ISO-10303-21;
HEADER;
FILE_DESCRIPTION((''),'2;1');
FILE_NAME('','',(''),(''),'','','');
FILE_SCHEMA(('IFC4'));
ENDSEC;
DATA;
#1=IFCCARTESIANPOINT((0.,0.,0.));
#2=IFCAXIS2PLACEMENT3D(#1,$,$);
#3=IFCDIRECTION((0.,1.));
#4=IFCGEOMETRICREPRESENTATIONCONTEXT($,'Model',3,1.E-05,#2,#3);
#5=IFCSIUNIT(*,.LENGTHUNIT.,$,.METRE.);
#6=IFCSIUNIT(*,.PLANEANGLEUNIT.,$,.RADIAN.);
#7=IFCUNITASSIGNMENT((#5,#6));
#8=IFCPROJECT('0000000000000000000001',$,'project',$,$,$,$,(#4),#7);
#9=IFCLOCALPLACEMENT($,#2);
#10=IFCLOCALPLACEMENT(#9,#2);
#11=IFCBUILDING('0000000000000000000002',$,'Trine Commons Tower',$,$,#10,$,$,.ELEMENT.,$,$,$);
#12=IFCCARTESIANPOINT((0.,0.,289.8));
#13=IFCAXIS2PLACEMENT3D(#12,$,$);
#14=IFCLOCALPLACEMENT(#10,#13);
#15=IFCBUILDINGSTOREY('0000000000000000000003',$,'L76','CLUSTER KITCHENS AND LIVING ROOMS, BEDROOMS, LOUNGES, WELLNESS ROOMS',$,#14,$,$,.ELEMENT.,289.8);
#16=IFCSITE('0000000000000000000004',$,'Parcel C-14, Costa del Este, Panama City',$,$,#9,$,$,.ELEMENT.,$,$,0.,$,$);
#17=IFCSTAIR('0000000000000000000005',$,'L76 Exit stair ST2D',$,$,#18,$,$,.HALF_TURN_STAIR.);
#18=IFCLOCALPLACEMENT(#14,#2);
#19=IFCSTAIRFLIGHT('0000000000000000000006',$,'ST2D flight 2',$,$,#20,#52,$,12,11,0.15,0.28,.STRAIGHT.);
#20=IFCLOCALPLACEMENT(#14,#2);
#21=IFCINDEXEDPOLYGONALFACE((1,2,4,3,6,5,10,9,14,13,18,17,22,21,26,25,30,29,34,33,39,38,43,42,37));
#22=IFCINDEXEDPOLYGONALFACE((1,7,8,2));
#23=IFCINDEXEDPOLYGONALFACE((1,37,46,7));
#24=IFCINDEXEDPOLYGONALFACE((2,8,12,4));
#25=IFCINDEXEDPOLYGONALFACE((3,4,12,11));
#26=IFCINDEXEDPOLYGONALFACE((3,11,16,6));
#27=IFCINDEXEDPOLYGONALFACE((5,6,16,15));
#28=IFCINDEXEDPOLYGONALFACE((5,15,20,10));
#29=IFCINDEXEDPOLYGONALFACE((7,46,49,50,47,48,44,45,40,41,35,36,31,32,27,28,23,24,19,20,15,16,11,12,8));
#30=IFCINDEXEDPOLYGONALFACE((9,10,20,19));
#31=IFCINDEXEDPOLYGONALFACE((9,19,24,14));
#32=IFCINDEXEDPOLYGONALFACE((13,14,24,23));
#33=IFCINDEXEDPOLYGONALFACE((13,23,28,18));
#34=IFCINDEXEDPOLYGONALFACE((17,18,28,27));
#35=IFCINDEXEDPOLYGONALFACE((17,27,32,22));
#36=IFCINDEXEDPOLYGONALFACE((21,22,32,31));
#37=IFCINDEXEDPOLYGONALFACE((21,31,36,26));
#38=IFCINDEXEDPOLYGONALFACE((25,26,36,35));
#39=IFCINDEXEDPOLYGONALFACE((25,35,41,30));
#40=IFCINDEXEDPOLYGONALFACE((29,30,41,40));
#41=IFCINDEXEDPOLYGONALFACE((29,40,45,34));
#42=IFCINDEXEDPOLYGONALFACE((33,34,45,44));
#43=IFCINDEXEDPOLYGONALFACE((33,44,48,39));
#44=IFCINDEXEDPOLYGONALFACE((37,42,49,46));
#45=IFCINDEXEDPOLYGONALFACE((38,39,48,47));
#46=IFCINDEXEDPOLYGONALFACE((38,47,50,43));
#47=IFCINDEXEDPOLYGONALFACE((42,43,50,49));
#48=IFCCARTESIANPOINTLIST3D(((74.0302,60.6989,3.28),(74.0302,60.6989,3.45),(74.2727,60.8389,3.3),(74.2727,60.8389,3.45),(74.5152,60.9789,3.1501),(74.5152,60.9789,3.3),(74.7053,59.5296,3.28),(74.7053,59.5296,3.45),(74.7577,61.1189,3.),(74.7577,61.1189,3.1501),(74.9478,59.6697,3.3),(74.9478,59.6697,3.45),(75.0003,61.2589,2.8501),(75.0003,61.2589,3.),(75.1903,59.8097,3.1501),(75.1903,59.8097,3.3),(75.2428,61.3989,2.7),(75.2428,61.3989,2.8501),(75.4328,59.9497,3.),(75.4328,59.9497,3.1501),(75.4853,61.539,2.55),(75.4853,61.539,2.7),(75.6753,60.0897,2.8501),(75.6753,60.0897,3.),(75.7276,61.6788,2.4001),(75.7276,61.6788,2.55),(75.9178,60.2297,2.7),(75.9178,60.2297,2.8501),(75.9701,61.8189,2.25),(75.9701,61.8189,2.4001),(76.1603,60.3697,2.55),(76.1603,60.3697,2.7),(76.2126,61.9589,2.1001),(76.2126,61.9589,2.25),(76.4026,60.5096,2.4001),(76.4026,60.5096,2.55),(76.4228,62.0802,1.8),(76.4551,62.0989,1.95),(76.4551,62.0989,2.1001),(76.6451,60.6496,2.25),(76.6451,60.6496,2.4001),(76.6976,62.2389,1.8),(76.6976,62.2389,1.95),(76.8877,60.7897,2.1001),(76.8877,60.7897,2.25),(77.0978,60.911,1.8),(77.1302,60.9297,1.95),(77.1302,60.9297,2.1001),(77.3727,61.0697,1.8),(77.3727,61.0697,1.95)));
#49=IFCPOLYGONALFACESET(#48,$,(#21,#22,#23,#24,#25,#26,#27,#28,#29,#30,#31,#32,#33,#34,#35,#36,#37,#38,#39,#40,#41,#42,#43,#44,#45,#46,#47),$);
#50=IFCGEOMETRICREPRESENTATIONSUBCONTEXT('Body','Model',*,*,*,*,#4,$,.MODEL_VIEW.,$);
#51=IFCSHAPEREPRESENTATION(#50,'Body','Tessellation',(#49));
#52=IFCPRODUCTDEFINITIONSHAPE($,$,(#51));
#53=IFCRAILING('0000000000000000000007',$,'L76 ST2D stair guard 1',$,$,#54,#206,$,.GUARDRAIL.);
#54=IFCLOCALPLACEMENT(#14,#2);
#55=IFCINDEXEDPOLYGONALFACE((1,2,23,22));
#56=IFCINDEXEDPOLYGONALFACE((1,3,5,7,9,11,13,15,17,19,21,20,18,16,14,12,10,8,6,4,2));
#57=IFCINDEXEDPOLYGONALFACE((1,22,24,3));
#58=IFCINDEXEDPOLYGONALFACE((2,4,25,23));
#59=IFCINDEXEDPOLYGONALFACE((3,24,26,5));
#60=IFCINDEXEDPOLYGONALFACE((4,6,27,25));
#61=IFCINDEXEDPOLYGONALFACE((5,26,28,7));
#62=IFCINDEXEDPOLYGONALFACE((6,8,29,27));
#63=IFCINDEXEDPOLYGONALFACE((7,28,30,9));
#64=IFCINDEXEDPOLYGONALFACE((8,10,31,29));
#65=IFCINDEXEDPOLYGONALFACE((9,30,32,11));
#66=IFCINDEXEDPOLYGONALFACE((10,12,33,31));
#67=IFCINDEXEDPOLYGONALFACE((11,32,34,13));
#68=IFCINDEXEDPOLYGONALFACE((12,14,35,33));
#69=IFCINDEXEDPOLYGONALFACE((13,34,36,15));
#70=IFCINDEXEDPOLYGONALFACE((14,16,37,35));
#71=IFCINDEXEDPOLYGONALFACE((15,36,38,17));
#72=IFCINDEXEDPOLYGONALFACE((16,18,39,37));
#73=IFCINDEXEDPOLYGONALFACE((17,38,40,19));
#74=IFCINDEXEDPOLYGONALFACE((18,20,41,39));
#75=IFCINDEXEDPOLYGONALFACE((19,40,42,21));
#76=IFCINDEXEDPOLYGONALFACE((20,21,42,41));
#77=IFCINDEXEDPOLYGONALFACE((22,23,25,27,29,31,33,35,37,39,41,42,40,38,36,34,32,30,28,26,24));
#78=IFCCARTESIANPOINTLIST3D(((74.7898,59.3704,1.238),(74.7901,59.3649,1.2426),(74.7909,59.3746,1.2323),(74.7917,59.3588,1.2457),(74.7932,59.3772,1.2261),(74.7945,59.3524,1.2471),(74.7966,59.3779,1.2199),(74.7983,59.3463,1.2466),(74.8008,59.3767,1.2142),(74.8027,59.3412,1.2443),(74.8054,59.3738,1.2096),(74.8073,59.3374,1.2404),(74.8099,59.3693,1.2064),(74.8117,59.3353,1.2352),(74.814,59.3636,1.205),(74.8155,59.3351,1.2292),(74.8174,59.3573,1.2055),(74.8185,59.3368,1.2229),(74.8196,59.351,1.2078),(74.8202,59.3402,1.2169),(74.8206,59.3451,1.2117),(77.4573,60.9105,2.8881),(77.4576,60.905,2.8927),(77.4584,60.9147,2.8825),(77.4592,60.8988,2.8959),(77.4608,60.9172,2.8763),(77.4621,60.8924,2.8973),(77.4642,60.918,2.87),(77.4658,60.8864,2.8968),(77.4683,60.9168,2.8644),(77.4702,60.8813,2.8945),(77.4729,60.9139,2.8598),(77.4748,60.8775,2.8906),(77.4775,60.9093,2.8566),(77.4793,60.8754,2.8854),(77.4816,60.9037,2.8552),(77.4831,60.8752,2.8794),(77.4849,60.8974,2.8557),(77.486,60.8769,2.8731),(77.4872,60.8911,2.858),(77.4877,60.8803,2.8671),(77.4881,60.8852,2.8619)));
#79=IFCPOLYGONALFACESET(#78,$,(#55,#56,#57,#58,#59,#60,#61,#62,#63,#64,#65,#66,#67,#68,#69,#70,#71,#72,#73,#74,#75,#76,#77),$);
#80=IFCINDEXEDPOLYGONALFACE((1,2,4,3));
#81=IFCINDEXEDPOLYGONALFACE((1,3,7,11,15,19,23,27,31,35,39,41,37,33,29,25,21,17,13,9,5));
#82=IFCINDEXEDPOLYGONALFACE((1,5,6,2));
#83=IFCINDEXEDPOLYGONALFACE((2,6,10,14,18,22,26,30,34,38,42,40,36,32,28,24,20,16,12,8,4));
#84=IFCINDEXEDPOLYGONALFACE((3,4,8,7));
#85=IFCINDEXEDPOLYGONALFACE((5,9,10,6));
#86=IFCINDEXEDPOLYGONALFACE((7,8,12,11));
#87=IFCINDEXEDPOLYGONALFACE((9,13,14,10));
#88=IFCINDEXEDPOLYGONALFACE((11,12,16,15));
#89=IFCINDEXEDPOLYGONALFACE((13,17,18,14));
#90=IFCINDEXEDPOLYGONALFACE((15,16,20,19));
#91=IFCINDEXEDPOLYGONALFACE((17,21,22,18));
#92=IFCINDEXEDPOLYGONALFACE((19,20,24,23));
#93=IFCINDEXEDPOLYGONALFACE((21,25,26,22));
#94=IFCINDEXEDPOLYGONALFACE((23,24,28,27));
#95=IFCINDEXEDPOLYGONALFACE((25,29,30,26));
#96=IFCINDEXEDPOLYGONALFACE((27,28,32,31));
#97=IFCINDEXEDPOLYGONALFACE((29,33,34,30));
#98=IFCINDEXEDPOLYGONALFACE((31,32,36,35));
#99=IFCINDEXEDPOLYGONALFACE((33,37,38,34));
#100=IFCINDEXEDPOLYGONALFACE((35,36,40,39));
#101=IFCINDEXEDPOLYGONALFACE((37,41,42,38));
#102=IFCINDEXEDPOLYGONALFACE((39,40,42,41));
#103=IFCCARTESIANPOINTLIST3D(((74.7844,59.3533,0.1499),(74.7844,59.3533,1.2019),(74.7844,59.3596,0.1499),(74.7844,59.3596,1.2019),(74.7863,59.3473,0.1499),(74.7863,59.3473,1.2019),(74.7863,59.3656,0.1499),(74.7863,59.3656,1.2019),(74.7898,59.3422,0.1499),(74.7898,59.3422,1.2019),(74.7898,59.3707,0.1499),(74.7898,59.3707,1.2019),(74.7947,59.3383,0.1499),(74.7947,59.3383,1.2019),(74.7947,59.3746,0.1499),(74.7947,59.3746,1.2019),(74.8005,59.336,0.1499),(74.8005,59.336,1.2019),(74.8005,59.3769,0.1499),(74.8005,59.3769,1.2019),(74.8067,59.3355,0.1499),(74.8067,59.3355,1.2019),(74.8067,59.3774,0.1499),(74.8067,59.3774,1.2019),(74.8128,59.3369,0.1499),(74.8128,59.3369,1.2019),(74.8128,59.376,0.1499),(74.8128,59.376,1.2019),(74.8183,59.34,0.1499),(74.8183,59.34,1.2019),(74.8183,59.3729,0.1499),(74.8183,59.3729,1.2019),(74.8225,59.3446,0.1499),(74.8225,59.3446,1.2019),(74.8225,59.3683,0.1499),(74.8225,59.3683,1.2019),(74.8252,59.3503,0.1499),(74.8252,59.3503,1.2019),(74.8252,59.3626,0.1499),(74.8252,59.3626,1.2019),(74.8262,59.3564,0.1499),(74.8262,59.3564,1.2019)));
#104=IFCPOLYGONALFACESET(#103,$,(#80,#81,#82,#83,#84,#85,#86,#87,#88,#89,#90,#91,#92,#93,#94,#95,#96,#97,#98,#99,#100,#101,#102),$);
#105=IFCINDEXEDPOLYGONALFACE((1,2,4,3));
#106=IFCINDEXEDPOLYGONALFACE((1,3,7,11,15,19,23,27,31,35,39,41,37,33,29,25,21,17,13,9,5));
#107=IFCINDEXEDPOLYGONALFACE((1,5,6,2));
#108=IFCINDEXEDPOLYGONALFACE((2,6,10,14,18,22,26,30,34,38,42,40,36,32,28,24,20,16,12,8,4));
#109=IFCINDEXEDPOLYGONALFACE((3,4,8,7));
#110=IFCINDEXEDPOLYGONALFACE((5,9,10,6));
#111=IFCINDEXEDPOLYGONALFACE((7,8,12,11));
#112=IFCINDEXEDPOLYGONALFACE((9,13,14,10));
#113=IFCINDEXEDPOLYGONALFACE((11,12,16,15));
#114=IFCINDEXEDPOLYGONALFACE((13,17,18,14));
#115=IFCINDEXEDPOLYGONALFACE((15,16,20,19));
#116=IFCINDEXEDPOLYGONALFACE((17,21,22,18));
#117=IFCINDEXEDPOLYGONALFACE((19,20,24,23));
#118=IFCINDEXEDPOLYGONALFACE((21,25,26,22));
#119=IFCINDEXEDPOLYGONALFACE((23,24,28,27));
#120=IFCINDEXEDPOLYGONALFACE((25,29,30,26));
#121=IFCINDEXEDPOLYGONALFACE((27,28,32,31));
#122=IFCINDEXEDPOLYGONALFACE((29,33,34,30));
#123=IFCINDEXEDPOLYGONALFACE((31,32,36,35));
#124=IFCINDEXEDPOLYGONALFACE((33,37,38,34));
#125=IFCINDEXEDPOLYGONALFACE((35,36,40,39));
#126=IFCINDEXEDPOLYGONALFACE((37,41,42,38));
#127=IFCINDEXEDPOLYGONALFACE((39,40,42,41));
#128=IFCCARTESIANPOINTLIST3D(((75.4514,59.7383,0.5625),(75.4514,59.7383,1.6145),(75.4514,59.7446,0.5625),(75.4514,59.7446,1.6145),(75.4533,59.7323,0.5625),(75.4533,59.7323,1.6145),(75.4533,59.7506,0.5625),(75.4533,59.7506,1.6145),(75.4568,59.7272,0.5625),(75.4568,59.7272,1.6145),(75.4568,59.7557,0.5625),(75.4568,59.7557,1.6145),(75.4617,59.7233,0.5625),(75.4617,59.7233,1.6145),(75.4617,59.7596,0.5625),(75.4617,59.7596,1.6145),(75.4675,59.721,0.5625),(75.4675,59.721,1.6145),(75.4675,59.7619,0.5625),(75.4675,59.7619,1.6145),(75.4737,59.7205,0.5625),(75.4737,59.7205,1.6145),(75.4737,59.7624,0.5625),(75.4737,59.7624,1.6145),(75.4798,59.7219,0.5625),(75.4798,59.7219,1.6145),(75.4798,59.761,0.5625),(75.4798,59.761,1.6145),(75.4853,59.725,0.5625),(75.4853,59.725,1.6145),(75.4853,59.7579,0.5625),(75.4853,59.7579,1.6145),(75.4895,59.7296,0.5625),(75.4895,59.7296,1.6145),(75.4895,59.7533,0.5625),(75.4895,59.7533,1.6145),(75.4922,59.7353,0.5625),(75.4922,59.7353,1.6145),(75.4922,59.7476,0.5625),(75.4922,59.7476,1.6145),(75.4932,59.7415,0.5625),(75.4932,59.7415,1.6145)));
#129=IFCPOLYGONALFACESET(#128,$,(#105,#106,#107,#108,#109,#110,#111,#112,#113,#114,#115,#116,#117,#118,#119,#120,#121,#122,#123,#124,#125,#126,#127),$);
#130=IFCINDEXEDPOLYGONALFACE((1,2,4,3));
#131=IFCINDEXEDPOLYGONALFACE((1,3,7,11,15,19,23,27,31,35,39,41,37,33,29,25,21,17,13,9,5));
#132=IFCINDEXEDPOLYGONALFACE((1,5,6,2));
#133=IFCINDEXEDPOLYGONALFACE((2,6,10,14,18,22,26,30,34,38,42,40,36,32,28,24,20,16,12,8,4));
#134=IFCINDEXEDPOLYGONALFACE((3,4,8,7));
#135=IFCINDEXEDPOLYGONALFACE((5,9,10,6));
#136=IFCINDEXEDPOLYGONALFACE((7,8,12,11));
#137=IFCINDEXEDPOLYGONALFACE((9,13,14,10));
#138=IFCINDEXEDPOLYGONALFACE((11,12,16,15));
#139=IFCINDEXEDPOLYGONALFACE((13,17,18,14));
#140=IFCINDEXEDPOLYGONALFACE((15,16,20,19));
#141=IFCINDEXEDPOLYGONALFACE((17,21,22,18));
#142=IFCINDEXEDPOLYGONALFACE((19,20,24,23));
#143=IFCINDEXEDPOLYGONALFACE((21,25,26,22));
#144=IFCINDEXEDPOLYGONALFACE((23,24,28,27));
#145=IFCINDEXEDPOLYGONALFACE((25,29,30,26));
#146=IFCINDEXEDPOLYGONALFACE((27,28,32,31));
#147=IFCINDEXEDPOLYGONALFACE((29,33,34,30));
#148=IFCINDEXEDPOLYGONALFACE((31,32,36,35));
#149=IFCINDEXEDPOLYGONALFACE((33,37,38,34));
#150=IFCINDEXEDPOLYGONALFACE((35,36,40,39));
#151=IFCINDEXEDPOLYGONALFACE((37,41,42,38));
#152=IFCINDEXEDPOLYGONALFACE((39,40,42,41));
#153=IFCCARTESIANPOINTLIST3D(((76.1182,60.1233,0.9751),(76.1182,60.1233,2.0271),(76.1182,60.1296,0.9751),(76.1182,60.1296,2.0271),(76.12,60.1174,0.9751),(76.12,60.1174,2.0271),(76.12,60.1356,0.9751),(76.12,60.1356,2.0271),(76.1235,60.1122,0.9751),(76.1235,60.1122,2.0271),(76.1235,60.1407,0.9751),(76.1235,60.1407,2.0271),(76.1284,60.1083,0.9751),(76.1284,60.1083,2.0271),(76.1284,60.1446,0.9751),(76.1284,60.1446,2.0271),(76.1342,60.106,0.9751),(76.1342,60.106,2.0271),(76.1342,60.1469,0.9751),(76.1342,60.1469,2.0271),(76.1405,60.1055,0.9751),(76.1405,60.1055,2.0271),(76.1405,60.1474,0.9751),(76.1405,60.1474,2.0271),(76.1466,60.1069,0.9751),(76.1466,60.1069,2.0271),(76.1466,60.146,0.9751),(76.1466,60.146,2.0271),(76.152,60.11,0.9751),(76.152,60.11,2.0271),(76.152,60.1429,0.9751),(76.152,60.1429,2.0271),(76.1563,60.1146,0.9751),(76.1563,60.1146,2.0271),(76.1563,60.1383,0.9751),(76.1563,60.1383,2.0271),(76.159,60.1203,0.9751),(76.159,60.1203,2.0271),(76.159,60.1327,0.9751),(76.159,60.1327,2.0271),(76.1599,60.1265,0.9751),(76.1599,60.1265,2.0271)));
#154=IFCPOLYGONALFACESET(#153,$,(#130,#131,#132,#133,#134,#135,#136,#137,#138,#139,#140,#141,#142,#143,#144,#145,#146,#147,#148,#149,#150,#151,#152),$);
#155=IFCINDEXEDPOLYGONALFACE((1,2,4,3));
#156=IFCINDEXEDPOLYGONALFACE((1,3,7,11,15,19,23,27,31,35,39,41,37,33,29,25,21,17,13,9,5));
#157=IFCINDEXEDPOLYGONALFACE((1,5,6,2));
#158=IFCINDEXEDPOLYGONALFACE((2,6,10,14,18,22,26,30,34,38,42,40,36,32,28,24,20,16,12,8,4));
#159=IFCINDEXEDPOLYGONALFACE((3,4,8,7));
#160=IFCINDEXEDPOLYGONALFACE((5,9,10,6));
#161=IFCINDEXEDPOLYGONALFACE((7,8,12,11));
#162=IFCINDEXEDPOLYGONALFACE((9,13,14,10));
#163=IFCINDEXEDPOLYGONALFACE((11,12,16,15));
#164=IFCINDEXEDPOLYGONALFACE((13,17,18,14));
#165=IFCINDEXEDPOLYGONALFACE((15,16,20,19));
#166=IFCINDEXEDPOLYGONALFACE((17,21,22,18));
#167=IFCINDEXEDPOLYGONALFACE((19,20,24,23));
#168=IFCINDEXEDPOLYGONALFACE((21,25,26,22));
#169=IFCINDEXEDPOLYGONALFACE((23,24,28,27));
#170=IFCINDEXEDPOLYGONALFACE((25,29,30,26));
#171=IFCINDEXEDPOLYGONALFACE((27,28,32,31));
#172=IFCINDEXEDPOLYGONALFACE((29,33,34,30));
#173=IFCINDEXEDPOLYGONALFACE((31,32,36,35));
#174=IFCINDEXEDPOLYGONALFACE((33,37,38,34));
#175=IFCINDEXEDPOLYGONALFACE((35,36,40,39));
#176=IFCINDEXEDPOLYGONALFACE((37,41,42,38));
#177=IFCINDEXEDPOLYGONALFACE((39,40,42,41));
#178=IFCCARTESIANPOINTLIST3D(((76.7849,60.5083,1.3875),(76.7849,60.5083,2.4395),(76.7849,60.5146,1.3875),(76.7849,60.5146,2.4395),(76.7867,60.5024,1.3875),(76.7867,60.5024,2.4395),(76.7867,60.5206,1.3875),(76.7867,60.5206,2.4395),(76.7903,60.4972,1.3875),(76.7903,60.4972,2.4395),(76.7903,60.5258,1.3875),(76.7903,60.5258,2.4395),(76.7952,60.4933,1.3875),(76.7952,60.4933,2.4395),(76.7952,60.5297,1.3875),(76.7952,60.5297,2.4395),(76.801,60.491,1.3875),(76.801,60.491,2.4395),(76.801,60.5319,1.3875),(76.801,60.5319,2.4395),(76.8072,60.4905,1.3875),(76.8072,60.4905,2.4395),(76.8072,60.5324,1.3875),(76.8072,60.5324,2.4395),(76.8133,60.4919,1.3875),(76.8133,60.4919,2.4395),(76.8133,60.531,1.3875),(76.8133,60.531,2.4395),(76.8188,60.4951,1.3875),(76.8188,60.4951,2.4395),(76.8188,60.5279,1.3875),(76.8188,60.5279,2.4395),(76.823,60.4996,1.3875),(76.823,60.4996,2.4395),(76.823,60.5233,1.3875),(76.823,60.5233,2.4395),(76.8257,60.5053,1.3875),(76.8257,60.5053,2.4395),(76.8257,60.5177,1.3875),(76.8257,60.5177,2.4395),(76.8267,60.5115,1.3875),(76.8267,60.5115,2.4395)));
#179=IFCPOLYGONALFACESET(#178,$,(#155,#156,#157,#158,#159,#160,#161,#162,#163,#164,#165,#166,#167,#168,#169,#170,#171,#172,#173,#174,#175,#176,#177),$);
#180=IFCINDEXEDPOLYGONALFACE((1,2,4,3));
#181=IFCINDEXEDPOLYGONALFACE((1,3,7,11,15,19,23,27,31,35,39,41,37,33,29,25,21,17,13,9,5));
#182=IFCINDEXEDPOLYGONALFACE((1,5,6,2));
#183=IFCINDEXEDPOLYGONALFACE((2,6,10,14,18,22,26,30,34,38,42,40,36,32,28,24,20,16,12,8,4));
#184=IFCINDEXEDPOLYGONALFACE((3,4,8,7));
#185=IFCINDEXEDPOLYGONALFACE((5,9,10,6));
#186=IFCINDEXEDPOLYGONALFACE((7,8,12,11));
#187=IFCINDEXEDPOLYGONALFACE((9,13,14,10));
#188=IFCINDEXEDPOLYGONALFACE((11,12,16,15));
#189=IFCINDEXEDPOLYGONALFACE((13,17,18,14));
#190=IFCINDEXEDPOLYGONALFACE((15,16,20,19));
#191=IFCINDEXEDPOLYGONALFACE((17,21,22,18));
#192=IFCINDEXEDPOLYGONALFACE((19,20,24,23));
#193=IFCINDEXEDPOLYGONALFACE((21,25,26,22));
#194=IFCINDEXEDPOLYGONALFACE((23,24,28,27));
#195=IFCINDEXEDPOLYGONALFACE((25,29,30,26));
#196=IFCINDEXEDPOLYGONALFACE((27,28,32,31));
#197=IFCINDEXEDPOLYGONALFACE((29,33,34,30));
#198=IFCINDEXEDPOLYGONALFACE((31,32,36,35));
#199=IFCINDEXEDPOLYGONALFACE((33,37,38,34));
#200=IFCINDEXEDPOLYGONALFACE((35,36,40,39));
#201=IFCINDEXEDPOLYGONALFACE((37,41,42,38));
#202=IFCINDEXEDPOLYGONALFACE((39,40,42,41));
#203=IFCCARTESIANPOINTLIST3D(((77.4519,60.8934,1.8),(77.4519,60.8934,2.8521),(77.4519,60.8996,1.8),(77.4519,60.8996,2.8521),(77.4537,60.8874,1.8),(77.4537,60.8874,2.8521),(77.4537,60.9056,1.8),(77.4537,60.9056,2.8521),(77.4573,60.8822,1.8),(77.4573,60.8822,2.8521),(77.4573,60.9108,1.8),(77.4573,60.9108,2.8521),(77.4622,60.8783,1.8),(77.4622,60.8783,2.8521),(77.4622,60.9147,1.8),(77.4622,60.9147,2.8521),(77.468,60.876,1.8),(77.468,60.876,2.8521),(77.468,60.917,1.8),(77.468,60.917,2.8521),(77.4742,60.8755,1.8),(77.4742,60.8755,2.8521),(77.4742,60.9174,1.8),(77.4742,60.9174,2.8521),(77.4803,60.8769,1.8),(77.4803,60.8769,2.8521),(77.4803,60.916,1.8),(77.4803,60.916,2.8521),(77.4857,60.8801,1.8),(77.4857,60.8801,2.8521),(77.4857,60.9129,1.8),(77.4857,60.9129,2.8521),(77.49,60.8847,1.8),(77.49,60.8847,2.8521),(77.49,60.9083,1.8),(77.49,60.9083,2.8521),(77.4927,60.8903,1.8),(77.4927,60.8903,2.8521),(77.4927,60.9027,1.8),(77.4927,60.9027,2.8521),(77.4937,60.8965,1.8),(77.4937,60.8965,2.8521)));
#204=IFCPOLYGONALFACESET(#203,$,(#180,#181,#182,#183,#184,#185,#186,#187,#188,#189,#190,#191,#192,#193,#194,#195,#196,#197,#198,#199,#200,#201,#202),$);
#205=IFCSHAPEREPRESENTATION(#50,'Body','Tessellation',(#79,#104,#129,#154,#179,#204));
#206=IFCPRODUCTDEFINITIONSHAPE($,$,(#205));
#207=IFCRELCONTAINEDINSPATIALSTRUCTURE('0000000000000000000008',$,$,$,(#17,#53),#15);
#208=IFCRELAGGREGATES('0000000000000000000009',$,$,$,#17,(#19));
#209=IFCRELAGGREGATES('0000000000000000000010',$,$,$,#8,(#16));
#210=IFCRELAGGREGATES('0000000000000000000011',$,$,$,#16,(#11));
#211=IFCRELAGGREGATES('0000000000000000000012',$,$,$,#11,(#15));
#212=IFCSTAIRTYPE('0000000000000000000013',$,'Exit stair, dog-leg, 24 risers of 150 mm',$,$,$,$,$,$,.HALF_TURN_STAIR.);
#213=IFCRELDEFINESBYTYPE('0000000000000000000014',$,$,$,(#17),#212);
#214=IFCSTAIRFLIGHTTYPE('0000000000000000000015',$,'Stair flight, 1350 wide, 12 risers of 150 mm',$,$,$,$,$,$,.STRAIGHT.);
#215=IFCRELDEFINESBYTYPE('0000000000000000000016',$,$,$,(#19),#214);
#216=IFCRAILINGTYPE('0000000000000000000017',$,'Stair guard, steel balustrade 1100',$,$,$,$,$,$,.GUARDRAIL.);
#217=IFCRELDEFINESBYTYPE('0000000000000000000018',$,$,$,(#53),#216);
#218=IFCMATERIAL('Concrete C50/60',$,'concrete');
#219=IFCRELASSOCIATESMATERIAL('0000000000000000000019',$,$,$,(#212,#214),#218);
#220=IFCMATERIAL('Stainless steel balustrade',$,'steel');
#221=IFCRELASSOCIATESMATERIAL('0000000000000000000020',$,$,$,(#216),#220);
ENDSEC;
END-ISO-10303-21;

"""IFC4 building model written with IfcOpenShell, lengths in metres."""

from ifc_helpers import new_model, si_unit, direction, frame, origin, origin_2d, place, context, subcontext, project, spatial, polyline, circle, outline, extrude, material, type_object, element, aggregate, save


model = new_model("IFC4")

# Units and contexts
model_context = context("Model", 3, precision=1e-05, world=origin(), true_north=direction((0.0, 1.0)))
body_context = subcontext(model_context, "Body", "Model", "MODEL_VIEW")
ifc_project = project(units=[si_unit("LENGTHUNIT", "METRE"), si_unit("PLANEANGLEUNIT", "RADIAN")], contexts=[model_context])

# Site, building, storey
site_placement = place(None, origin())
site = spatial("IfcSite", under=ifc_project, at=site_placement, Name="Parcel C-14, Costa del Este, Panama City", CompositionType="ELEMENT", RefElevation=0.0)
building_placement = place(site_placement, origin())
building = spatial("IfcBuilding", under=site, at=building_placement, Name="Trine Commons Tower", CompositionType="ELEMENT")
storey_placement = place(building_placement, frame((0.0, 0.0, 289.8)))
storey = spatial("IfcBuildingStorey", under=building, at=storey_placement, Name="L76", Description="CLUSTER KITCHENS AND LIVING ROOMS, BEDROOMS, LOUNGES, WELLNESS ROOMS", CompositionType="ELEMENT", Elevation=289.8)

# Shared definitions
ifc_material_1 = material(Name="Concrete C50/60", Category="concrete")

# Stair, stair flight
stair_type = type_object("IfcStairType", Name="Exit stair, dog-leg, 24 risers of 150 mm", PredefinedType="HALF_TURN_STAIR", material=ifc_material_1)
stair_placement = place(storey_placement, origin())
stair = element("IfcStair", 1, at=stair_placement, inside=storey, type_object=stair_type, Name="L76 Exit stair ST2D", PredefinedType="HALF_TURN_STAIR")
stair_flight_type = type_object("IfcStairFlightType", Name="Stair flight, 1350 wide, 12 risers of 150 mm", PredefinedType="STRAIGHT", material=ifc_material_1)
stair_flight_1_placement = place(storey_placement, frame((77.0352, 61.6543, 1.8), z_axis=(0.0, 0.0, 1.0), x_axis=(-0.866025, -0.5, 0.0)))
stair_flight_1 = element("IfcStairFlight", 2, at=stair_flight_1_placement, type_object=stair_flight_type, Name="ST2D flight 2", NumberOfRisers=12, NumberOfTreads=11, PredefinedType="STRAIGHT", RiserHeight=0.15, TreadLength=0.28, context=body_context, shape_type="SweptSolid", body=[
    extrude(outline(polyline([(0.0, 0.0), (0.0, 0.1499), (0.28, 0.1499), (0.28, 0.3), (0.5601, 0.3), (0.5601, 0.45), (0.8401, 0.45), (0.8401, 0.6001), (1.1201, 0.6001), (1.1201, 0.75), (1.3999, 0.75), (1.3999, 0.8999), (1.6799, 0.8999), (1.6799, 1.05), (1.96, 1.05), (1.96, 1.2), (2.24, 1.2), (2.24, 1.3501), (2.52, 1.3501), (2.52, 1.5), (2.8, 1.5), (2.8, 1.6499), (3.0801, 1.6499), (3.0801, 1.8), (3.0801, 1.48), (0.3174, 0.0), (0.0, 0.0)])), frame((0.0, 0.675, 0.0), z_axis=(0.0, -1.0, 0.0), x_axis=(1.0, 0.0, 0.0)), (0.0, 0.0, 1.0), 1.3501),
])
aggregate(stair, [stair_flight_1])

# Railing
ifc_material_2 = material(Name="Stainless steel balustrade", Category="steel")
railing_type_1 = type_object("IfcRailingType", Name="Stair guard, steel balustrade 1100", PredefinedType="GUARDRAIL", material=ifc_material_2)
railing_1_placement = place(storey_placement, frame((74.8052, 59.3564, 0.1499)))
element("IfcRailing", 3, at=railing_1_placement, inside=storey, type_object=railing_type_1, Name="L76 ST2D stair guard 1", PredefinedType="GUARDRAIL", context=body_context, shape_type="SweptSolid", body=[
    extrude(circle(Radius=0.0239, at=origin_2d()), frame((0.0, 0.0, 1.0762), z_axis=(0.76338, 0.440728, 0.472239), x_axis=(-0.499992, 0.86603, 0.0)), (0.0, 0.0, 1.0), 3.4944),
    extrude(circle(Radius=0.021, at=origin_2d()), origin(), (0.0, 0.0, 1.0), 1.052),
    extrude(circle(Radius=0.021, at=origin_2d()), frame((0.667, 0.385, 0.4126)), (0.0, 0.0, 1.0), 1.052),
    extrude(circle(Radius=0.021, at=origin_2d()), frame((1.3337, 0.77, 0.8252)), (0.0, 0.0, 1.0), 1.052),
    extrude(circle(Radius=0.021, at=origin_2d()), frame((2.0005, 1.155, 1.2375)), (0.0, 0.0, 1.0), 1.052),
    extrude(circle(Radius=0.021, at=origin_2d()), frame((2.6675, 1.54, 1.6501)), (0.0, 0.0, 1.0), 1.052),
])

save(model, "model.ifc")
